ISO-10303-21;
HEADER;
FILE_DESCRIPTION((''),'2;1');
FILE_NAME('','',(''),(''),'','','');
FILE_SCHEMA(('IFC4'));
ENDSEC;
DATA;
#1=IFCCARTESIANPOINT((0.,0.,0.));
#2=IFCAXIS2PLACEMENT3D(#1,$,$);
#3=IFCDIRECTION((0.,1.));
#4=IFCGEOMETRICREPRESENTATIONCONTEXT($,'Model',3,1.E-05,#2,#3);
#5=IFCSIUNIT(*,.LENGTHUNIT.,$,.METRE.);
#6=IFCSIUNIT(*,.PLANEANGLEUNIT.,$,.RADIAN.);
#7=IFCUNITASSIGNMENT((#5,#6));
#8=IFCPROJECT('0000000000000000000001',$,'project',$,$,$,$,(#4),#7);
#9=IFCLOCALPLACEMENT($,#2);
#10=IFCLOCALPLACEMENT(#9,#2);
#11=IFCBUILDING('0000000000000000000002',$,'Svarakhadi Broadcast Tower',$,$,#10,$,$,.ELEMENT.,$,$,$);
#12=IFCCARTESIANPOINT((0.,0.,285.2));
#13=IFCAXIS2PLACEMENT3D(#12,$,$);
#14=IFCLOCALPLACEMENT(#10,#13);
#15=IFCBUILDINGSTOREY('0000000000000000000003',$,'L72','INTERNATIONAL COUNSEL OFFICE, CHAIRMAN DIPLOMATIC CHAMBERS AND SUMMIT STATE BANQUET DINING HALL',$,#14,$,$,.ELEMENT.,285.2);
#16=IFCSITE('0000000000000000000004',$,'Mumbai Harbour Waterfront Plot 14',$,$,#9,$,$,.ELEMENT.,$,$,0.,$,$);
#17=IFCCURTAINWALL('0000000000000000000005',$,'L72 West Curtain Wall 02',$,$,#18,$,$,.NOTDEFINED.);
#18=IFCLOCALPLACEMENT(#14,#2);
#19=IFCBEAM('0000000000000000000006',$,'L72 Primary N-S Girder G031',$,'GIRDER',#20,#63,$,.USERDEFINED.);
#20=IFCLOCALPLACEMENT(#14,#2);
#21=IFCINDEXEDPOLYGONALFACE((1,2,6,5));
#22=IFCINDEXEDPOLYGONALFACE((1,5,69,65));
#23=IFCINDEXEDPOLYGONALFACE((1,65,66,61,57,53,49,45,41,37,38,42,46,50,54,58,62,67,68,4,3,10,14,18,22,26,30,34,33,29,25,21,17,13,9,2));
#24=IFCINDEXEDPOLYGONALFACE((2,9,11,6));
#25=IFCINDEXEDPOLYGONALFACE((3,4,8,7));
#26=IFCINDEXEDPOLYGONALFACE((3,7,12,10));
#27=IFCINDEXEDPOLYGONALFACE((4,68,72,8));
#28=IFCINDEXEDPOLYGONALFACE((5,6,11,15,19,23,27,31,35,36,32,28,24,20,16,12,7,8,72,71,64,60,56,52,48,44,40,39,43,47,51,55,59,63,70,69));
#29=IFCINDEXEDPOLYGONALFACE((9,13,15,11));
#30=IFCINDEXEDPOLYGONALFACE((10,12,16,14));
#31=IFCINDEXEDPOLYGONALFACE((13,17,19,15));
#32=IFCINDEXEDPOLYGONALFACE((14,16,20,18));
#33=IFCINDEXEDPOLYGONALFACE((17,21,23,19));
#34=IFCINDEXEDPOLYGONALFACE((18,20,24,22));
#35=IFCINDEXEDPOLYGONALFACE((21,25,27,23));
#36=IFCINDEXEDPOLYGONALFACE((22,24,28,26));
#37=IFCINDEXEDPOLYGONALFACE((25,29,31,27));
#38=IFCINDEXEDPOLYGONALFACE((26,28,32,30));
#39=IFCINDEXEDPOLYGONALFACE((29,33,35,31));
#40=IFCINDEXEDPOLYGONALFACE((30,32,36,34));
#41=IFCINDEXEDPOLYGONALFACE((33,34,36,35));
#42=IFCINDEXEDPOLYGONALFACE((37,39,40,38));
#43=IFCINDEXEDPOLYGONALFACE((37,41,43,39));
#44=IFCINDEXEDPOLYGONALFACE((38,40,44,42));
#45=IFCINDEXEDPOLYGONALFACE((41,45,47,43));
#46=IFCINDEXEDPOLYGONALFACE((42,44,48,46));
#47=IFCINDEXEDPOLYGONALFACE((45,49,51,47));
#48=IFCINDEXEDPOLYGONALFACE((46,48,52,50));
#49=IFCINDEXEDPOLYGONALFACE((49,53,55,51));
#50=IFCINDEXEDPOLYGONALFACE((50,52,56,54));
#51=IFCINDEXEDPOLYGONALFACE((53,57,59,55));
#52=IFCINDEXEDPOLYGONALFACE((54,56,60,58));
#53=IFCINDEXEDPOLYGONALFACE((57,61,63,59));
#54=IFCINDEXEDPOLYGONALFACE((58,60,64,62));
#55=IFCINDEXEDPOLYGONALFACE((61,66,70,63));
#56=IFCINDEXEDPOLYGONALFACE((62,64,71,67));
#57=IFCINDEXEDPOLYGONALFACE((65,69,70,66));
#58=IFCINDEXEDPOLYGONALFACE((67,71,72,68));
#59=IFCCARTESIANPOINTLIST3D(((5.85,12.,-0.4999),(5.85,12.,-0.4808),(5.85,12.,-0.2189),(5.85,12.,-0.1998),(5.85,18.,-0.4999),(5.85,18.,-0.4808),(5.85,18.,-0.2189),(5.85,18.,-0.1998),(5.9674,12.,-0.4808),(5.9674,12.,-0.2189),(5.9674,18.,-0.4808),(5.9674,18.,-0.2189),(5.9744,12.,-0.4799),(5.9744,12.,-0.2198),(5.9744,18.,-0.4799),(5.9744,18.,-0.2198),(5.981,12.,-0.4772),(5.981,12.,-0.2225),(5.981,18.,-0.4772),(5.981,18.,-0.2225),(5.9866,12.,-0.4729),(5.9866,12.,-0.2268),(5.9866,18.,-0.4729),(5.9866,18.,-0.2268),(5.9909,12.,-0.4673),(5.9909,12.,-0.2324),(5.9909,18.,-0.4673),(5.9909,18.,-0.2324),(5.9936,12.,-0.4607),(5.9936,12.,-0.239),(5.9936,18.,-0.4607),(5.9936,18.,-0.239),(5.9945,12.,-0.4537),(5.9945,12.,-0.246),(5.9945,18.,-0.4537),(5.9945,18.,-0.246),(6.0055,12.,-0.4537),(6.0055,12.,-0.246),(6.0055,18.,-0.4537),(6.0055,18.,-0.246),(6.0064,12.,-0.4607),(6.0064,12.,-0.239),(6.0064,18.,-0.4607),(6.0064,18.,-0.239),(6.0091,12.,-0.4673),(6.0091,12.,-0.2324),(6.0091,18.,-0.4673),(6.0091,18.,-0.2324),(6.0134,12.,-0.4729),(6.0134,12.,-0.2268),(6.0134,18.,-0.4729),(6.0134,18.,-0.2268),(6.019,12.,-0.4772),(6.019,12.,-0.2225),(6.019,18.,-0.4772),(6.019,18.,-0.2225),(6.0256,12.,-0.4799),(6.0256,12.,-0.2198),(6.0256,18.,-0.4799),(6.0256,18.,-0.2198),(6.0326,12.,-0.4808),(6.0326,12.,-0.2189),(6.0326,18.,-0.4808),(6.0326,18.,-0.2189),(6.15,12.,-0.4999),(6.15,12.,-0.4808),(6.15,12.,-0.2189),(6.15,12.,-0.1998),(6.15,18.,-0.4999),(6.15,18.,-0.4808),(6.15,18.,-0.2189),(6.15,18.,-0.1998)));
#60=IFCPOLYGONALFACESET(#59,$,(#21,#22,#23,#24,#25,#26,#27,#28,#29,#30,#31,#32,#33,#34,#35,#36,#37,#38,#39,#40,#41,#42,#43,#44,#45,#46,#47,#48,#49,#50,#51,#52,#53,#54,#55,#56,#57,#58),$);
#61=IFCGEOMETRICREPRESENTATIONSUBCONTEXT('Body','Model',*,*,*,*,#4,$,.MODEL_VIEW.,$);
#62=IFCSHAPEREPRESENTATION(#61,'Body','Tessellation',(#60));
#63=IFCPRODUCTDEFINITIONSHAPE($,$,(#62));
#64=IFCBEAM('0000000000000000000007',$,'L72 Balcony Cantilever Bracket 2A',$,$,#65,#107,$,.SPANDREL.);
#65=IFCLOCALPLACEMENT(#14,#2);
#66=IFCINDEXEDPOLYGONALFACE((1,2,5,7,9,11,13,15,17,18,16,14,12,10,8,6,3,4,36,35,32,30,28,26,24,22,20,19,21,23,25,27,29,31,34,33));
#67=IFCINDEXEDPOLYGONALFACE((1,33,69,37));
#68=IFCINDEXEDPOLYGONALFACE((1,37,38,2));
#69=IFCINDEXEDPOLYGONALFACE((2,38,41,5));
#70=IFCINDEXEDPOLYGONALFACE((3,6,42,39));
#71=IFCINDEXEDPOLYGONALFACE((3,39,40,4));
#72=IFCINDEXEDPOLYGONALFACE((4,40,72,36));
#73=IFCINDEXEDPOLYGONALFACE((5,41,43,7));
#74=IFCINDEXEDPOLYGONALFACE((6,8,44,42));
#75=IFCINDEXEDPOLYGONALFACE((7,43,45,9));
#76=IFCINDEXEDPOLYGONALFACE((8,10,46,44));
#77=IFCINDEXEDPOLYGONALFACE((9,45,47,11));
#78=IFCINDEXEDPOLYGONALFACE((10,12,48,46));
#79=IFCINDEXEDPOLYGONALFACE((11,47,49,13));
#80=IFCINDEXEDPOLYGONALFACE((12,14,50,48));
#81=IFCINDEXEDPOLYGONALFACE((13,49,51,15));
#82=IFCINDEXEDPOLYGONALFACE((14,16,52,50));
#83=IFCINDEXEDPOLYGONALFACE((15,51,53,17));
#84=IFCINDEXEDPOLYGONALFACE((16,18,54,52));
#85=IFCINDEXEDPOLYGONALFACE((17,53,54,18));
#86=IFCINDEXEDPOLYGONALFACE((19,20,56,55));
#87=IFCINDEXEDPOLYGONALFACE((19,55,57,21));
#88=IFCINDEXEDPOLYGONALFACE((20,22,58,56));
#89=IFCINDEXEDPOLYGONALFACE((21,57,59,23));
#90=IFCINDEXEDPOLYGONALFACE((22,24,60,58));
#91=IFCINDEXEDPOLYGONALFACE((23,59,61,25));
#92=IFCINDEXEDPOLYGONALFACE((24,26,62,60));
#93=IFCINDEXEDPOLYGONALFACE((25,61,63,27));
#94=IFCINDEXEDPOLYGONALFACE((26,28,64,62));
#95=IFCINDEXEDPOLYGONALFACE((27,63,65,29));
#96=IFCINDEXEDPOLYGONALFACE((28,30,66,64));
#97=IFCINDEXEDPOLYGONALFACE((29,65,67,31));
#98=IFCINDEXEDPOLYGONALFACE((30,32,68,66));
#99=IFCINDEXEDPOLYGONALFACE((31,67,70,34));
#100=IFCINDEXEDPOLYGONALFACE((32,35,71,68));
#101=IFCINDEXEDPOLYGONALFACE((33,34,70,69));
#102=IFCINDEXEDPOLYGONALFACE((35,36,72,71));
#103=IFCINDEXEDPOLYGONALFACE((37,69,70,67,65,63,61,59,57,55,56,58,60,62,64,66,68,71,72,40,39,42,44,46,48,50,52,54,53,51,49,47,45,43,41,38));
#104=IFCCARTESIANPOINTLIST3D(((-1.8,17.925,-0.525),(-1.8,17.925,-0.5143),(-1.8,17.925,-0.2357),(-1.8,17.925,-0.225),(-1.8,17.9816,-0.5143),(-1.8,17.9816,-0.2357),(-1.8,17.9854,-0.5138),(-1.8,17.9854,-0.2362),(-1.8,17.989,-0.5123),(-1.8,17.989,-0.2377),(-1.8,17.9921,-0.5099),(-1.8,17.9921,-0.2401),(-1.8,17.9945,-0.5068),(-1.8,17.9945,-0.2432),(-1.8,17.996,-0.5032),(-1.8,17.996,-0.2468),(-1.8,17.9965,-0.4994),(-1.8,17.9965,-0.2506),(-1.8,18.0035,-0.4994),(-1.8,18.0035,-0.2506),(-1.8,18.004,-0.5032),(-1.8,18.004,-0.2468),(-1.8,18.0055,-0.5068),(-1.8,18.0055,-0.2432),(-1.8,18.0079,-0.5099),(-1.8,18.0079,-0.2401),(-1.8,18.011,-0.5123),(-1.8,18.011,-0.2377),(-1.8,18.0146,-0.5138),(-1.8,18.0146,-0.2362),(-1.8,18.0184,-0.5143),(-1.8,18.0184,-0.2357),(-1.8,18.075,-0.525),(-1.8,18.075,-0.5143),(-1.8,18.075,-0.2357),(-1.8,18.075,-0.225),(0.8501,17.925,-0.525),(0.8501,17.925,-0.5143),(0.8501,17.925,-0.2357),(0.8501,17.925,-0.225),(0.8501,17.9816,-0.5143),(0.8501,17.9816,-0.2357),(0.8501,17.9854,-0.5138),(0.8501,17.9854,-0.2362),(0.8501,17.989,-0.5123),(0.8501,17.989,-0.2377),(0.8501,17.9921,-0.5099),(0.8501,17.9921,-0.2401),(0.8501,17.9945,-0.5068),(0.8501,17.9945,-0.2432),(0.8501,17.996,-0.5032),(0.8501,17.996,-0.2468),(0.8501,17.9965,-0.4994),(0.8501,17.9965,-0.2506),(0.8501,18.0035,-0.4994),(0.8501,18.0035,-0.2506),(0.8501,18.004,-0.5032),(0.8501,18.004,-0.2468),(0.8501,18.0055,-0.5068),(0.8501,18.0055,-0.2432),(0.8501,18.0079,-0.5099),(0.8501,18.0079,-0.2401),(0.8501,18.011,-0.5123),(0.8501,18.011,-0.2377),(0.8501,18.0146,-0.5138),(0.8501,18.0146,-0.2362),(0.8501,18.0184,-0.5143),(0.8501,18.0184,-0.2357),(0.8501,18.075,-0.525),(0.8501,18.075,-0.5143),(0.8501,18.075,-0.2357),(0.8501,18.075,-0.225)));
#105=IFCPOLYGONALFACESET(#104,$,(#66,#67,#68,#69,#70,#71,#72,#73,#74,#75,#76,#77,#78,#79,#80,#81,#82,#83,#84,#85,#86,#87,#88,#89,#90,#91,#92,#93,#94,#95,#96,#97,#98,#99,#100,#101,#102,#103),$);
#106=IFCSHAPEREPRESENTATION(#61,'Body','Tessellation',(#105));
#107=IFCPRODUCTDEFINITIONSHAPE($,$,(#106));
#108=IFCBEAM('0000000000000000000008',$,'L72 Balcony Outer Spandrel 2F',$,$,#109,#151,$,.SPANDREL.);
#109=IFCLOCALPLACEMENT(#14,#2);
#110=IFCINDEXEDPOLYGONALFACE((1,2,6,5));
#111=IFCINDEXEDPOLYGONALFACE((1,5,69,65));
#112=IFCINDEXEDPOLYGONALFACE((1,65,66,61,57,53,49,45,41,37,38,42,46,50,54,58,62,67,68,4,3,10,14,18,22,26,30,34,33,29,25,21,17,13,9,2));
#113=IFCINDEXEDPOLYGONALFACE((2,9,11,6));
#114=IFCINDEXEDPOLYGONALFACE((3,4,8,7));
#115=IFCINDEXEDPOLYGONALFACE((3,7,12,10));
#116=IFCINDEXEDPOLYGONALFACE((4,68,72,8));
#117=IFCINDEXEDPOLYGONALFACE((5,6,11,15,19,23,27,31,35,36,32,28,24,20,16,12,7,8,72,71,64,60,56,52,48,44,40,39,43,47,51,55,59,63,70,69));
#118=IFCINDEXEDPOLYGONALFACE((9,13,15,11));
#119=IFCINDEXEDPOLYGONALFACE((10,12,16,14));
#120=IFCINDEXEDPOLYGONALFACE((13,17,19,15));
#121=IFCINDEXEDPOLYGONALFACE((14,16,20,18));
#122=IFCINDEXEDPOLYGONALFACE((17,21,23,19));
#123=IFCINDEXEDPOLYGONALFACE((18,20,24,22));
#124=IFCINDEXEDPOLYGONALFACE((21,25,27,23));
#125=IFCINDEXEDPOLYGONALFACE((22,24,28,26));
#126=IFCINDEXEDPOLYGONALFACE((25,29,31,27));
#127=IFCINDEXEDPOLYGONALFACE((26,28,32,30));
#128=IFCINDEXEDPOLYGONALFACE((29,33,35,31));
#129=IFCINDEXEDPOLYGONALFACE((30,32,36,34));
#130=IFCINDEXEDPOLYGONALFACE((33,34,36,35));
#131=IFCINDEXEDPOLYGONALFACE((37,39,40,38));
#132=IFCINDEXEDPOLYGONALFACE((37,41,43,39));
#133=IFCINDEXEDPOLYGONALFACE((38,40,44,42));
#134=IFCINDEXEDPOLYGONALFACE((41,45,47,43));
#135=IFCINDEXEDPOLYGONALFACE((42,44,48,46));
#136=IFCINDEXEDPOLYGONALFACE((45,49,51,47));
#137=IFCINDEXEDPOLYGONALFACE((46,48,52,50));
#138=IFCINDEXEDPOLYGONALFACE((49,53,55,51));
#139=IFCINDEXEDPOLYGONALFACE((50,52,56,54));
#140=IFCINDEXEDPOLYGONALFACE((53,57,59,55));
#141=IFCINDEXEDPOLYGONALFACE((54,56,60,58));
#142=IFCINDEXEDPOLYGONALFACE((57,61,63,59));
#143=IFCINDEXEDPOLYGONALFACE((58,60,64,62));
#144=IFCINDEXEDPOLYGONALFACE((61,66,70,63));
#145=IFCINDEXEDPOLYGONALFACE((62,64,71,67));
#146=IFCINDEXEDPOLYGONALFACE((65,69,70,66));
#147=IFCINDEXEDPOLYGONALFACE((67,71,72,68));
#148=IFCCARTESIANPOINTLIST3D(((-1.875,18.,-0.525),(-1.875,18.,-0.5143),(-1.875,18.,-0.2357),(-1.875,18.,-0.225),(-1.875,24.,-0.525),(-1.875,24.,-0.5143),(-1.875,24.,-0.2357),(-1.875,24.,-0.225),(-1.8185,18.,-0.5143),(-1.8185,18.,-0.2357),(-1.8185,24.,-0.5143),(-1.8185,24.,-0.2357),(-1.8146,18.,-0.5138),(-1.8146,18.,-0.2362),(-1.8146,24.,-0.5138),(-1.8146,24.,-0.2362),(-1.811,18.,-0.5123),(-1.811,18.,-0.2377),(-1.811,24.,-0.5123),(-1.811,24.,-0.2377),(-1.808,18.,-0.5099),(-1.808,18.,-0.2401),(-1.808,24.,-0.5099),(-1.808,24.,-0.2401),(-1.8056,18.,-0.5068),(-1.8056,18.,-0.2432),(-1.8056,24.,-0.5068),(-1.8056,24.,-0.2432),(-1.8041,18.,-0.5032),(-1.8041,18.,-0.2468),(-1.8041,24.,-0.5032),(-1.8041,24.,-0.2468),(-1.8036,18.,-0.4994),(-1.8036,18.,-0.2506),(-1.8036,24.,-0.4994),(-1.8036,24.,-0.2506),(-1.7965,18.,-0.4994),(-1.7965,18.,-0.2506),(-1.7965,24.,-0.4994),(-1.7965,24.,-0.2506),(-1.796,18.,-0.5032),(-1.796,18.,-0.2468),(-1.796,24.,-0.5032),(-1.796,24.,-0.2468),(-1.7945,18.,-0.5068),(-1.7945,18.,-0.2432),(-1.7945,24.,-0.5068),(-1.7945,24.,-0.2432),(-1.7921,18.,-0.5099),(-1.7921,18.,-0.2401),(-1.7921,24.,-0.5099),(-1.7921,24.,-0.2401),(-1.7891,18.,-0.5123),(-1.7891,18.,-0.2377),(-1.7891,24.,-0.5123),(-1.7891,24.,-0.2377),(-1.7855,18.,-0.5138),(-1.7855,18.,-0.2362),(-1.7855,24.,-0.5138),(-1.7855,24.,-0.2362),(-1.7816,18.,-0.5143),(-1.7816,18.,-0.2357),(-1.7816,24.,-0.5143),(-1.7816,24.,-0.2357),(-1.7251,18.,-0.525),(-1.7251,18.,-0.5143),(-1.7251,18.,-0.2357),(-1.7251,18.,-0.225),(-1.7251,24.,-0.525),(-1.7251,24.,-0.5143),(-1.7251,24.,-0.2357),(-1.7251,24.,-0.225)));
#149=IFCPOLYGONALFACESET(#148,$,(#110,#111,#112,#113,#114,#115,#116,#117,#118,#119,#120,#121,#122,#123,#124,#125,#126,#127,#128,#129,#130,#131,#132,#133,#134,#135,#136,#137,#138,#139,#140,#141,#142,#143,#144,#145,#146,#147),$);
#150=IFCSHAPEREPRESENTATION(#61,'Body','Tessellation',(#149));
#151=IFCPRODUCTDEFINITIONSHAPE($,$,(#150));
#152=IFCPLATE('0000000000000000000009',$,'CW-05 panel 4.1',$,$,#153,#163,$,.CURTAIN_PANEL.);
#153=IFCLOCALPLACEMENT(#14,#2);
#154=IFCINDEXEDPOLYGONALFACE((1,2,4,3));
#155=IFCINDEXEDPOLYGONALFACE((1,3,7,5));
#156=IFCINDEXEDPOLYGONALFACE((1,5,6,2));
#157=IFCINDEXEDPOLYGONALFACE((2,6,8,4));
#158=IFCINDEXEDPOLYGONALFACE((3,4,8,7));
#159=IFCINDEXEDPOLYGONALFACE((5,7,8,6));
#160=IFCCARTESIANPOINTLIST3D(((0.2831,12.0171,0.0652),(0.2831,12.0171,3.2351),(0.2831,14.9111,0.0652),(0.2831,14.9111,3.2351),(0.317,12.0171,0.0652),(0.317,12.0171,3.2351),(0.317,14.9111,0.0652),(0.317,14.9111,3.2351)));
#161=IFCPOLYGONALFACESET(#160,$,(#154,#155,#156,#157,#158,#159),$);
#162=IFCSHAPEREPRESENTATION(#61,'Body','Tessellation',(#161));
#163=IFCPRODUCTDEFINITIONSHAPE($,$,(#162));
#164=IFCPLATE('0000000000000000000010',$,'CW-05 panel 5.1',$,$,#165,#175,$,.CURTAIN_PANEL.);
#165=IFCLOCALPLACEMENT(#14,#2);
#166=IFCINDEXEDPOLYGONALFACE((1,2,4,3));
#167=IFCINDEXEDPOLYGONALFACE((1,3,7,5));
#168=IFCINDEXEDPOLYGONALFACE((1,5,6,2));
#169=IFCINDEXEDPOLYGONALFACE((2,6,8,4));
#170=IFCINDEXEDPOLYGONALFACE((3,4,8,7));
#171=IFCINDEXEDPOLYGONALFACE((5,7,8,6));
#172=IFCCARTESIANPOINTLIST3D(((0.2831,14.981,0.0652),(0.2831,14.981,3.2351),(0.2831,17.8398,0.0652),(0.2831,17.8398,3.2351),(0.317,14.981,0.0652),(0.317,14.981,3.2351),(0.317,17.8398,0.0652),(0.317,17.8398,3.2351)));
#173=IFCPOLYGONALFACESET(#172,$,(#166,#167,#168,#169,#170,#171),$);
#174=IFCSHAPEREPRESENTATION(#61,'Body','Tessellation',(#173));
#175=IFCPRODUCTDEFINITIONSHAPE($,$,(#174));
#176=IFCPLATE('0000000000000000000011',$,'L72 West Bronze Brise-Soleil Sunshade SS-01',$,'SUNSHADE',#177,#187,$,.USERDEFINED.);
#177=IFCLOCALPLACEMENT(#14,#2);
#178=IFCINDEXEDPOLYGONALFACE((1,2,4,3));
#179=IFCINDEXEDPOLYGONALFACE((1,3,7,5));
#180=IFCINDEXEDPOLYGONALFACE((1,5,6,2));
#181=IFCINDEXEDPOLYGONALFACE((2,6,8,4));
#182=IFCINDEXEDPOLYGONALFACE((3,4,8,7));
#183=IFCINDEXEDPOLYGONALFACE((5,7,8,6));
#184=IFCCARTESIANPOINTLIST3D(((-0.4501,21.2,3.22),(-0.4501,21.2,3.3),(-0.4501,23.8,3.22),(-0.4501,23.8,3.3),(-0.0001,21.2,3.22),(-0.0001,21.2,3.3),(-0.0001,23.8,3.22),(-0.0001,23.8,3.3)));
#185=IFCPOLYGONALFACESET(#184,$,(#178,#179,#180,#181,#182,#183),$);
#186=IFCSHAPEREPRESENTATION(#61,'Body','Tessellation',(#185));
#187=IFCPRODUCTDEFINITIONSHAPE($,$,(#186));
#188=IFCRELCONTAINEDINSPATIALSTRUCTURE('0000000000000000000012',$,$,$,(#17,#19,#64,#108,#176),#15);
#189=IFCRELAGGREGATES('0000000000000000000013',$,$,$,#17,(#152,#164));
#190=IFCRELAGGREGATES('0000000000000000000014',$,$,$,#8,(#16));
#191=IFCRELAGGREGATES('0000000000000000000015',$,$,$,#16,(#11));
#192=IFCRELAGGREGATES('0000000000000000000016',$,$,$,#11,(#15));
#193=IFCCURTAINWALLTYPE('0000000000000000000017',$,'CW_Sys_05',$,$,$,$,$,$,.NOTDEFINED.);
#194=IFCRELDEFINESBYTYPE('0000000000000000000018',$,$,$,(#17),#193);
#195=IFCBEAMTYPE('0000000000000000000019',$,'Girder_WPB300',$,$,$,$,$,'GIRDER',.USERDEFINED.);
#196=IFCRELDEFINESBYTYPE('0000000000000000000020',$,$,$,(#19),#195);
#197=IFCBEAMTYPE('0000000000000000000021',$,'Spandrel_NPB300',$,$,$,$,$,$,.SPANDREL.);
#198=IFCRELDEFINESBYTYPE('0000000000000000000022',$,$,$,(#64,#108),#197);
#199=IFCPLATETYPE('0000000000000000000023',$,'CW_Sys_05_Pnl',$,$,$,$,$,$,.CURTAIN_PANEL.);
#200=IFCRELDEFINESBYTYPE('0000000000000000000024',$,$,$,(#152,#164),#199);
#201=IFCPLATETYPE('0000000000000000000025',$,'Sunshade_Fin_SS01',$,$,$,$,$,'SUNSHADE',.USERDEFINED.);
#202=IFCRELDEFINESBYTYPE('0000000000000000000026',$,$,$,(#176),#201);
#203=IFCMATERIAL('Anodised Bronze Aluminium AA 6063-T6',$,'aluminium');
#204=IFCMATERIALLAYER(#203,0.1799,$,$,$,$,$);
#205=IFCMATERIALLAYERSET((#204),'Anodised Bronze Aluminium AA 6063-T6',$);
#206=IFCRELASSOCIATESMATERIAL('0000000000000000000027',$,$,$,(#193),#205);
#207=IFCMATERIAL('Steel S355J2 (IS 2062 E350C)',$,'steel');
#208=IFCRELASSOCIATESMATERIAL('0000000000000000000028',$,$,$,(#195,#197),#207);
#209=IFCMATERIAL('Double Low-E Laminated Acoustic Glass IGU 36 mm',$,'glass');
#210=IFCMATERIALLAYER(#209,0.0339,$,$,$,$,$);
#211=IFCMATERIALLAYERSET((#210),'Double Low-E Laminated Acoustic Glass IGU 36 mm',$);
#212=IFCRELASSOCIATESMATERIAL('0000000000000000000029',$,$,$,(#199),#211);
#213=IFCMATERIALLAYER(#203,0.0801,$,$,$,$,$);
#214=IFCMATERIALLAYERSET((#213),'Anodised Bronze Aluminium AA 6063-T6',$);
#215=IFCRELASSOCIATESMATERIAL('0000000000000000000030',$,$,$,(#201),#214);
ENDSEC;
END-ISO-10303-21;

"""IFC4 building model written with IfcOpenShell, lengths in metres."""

from ifc_helpers import new_model, si_unit, direction, frame, origin, origin_2d, place, context, subcontext, project, spatial, rectangle, i_section, extrude, material, layer, layer_set, material_profile, profile_set, type_object, element, aggregate, save


model = new_model("IFC4")

# Units and contexts
model_context = context("Model", 3, precision=1e-05, world=origin(), true_north=direction((0.0, 1.0)))
body_context = subcontext(model_context, "Body", "Model", "MODEL_VIEW")
ifc_project = project(units=[si_unit("LENGTHUNIT", "METRE"), si_unit("PLANEANGLEUNIT", "RADIAN")], contexts=[model_context])

# Site, building, storey
site_placement = place(None, origin())
site = spatial("IfcSite", under=ifc_project, at=site_placement, Name="Mumbai Harbour Waterfront Plot 14", CompositionType="ELEMENT", RefElevation=0.0)
building_placement = place(site_placement, origin())
building = spatial("IfcBuilding", under=site, at=building_placement, Name="Svarakhadi Broadcast Tower", CompositionType="ELEMENT")
storey_placement = place(building_placement, frame((0.0, 0.0, 285.2)))
storey = spatial("IfcBuildingStorey", under=building, at=storey_placement, Name="L72", Description="INTERNATIONAL COUNSEL OFFICE, CHAIRMAN DIPLOMATIC CHAMBERS AND SUMMIT STATE BANQUET DINING HALL", CompositionType="ELEMENT", Elevation=285.2)

# Shared definitions
ifc_material_1 = material(Name="Steel S355J2 (IS 2062 E350C)", Category="steel")

# Curtain wall
ifc_material_2 = material(Name="Anodised Bronze Aluminium AA 6063-T6", Category="aluminium")
ifc_layer_1 = layer(ifc_material_2, 0.1799)
ifc_layer_set_1 = layer_set([ifc_layer_1], Name="Anodised Bronze Aluminium AA 6063-T6")
curtain_wall_type = type_object("IfcCurtainWallType", Name="CW_Sys_05", PredefinedType="NOTDEFINED", material=ifc_layer_set_1)
curtain_wall_placement = place(storey_placement, origin())
curtain_wall = element("IfcCurtainWall", 1, at=curtain_wall_placement, inside=storey, type_object=curtain_wall_type, Name="L72 West Curtain Wall 02", PredefinedType="NOTDEFINED")

# Beams
ifc_material_profile_1 = material_profile(ifc_material_1, i_section(OverallWidth=0.3, OverallDepth=0.3, WebThickness=0.011, FlangeThickness=0.019, FilletRadius=0.0271, at=origin_2d()), Name="WPB 300x300x117")
ifc_profile_set_1 = profile_set([ifc_material_profile_1], Name="Steel S355J2 (IS 2062 E350C)")
beam_type_1 = type_object("IfcBeamType", Name="Girder_WPB300", ElementType="GIRDER", PredefinedType="USERDEFINED", material=ifc_profile_set_1)
for number, where, z_axis, x_axis, name in (
    (2, (6.0, 12.0, -0.3499), (0.0, 1.0, 0.0), (-1.0, 0.0, 0.0), "L72 Primary N-S Girder G031"),
):
    element("IfcBeam", number, at=place(storey_placement, frame(where, z_axis=z_axis, x_axis=x_axis)), inside=storey, type_object=beam_type_1, Name=name, ObjectType="GIRDER", PredefinedType="USERDEFINED", context=body_context, shape_type="SweptSolid", body=[
        extrude(i_section(OverallWidth=0.3, OverallDepth=0.3, WebThickness=0.011, FlangeThickness=0.019, FilletRadius=0.0271, at=origin_2d()), origin(), (0.0, 0.0, 1.0), 6.0),
    ])
ifc_material_profile_2 = material_profile(ifc_material_1, i_section(OverallWidth=0.1499, OverallDepth=0.3, WebThickness=0.0071, FlangeThickness=0.0107, FilletRadius=0.0149, at=origin_2d()), Name="NPB 300x150x37")
ifc_profile_set_2 = profile_set([ifc_material_profile_2], Name="Steel S355J2 (IS 2062 E350C)")
beam_type_2 = type_object("IfcBeamType", Name="Spandrel_NPB300", PredefinedType="SPANDREL", material=ifc_profile_set_2)
beam_1_placement = place(storey_placement, frame((0.8501, 18.0, -0.375), z_axis=(-1.0, 0.0, 0.0), x_axis=(0.0, -1.0, 0.0)))
element("IfcBeam", 3, at=beam_1_placement, inside=storey, type_object=beam_type_2, Name="L72 Balcony Cantilever Bracket 2A", PredefinedType="SPANDREL", context=body_context, shape_type="SweptSolid", body=[
    extrude(i_section(OverallWidth=0.1499, OverallDepth=0.3, WebThickness=0.0071, FlangeThickness=0.0107, FilletRadius=0.0149, at=origin_2d()), origin(), (0.0, 0.0, 1.0), 2.6501),
])
beam_2_placement = place(storey_placement, frame((-1.8, 18.0, -0.375), z_axis=(0.0, 1.0, 0.0), x_axis=(-1.0, 0.0, 0.0)))
element("IfcBeam", 4, at=beam_2_placement, inside=storey, type_object=beam_type_2, Name="L72 Balcony Outer Spandrel 2F", PredefinedType="SPANDREL", context=body_context, shape_type="SweptSolid", body=[
    extrude(i_section(OverallWidth=0.1499, OverallDepth=0.3, WebThickness=0.0071, FlangeThickness=0.0107, FilletRadius=0.0149, at=origin_2d()), origin(), (0.0, 0.0, 1.0), 6.0),
])

# Plates
ifc_material_3 = material(Name="Double Low-E Laminated Acoustic Glass IGU 36 mm", Category="glass")
ifc_layer_2 = layer(ifc_material_3, 0.0339)
ifc_layer_set_2 = layer_set([ifc_layer_2], Name="Double Low-E Laminated Acoustic Glass IGU 36 mm")
plate_type_1 = type_object("IfcPlateType", Name="CW_Sys_05_Pnl", PredefinedType="CURTAIN_PANEL", material=ifc_layer_set_2)
plate_1_placement = place(storey_placement, frame((0.3, 13.4641, 0.0652), z_axis=(0.0, 0.0, 1.0), x_axis=(0.0, 1.0, 0.0)))
plate_1 = element("IfcPlate", 5, at=plate_1_placement, type_object=plate_type_1, Name="CW-05 panel 4.1", PredefinedType="CURTAIN_PANEL", context=body_context, shape_type="SweptSolid", body=[
    extrude(rectangle(XDim=2.894, YDim=0.0339, at=origin_2d()), origin(), (0.0, 0.0, 1.0), 3.1699),
])
plate_2_placement = place(storey_placement, frame((0.3, 16.4104, 0.0652), z_axis=(0.0, 0.0, 1.0), x_axis=(0.0, 1.0, 0.0)))
plate_2 = element("IfcPlate", 6, at=plate_2_placement, type_object=plate_type_1, Name="CW-05 panel 5.1", PredefinedType="CURTAIN_PANEL", context=body_context, shape_type="SweptSolid", body=[
    extrude(rectangle(XDim=2.8589, YDim=0.0339, at=origin_2d()), origin(), (0.0, 0.0, 1.0), 3.1699),
])
aggregate(curtain_wall, [plate_1, plate_2])
ifc_layer_3 = layer(ifc_material_2, 0.0801)
ifc_layer_set_3 = layer_set([ifc_layer_3], Name="Anodised Bronze Aluminium AA 6063-T6")
plate_type_2 = type_object("IfcPlateType", Name="Sunshade_Fin_SS01", ElementType="SUNSHADE", PredefinedType="USERDEFINED", material=ifc_layer_set_3)
plate_3_placement = place(storey_placement, frame((-0.2251, 22.5, 3.22), z_axis=(0.0, 0.0, 1.0), x_axis=(0.0, 1.0, 0.0)))
element("IfcPlate", 7, at=plate_3_placement, inside=storey, type_object=plate_type_2, Name="L72 West Bronze Brise-Soleil Sunshade SS-01", ObjectType="SUNSHADE", PredefinedType="USERDEFINED", context=body_context, shape_type="SweptSolid", body=[
    extrude(rectangle(XDim=2.6001, YDim=0.45, at=origin_2d()), origin(), (0.0, 0.0, 1.0), 0.0801),
])

save(model, "model.ifc")
